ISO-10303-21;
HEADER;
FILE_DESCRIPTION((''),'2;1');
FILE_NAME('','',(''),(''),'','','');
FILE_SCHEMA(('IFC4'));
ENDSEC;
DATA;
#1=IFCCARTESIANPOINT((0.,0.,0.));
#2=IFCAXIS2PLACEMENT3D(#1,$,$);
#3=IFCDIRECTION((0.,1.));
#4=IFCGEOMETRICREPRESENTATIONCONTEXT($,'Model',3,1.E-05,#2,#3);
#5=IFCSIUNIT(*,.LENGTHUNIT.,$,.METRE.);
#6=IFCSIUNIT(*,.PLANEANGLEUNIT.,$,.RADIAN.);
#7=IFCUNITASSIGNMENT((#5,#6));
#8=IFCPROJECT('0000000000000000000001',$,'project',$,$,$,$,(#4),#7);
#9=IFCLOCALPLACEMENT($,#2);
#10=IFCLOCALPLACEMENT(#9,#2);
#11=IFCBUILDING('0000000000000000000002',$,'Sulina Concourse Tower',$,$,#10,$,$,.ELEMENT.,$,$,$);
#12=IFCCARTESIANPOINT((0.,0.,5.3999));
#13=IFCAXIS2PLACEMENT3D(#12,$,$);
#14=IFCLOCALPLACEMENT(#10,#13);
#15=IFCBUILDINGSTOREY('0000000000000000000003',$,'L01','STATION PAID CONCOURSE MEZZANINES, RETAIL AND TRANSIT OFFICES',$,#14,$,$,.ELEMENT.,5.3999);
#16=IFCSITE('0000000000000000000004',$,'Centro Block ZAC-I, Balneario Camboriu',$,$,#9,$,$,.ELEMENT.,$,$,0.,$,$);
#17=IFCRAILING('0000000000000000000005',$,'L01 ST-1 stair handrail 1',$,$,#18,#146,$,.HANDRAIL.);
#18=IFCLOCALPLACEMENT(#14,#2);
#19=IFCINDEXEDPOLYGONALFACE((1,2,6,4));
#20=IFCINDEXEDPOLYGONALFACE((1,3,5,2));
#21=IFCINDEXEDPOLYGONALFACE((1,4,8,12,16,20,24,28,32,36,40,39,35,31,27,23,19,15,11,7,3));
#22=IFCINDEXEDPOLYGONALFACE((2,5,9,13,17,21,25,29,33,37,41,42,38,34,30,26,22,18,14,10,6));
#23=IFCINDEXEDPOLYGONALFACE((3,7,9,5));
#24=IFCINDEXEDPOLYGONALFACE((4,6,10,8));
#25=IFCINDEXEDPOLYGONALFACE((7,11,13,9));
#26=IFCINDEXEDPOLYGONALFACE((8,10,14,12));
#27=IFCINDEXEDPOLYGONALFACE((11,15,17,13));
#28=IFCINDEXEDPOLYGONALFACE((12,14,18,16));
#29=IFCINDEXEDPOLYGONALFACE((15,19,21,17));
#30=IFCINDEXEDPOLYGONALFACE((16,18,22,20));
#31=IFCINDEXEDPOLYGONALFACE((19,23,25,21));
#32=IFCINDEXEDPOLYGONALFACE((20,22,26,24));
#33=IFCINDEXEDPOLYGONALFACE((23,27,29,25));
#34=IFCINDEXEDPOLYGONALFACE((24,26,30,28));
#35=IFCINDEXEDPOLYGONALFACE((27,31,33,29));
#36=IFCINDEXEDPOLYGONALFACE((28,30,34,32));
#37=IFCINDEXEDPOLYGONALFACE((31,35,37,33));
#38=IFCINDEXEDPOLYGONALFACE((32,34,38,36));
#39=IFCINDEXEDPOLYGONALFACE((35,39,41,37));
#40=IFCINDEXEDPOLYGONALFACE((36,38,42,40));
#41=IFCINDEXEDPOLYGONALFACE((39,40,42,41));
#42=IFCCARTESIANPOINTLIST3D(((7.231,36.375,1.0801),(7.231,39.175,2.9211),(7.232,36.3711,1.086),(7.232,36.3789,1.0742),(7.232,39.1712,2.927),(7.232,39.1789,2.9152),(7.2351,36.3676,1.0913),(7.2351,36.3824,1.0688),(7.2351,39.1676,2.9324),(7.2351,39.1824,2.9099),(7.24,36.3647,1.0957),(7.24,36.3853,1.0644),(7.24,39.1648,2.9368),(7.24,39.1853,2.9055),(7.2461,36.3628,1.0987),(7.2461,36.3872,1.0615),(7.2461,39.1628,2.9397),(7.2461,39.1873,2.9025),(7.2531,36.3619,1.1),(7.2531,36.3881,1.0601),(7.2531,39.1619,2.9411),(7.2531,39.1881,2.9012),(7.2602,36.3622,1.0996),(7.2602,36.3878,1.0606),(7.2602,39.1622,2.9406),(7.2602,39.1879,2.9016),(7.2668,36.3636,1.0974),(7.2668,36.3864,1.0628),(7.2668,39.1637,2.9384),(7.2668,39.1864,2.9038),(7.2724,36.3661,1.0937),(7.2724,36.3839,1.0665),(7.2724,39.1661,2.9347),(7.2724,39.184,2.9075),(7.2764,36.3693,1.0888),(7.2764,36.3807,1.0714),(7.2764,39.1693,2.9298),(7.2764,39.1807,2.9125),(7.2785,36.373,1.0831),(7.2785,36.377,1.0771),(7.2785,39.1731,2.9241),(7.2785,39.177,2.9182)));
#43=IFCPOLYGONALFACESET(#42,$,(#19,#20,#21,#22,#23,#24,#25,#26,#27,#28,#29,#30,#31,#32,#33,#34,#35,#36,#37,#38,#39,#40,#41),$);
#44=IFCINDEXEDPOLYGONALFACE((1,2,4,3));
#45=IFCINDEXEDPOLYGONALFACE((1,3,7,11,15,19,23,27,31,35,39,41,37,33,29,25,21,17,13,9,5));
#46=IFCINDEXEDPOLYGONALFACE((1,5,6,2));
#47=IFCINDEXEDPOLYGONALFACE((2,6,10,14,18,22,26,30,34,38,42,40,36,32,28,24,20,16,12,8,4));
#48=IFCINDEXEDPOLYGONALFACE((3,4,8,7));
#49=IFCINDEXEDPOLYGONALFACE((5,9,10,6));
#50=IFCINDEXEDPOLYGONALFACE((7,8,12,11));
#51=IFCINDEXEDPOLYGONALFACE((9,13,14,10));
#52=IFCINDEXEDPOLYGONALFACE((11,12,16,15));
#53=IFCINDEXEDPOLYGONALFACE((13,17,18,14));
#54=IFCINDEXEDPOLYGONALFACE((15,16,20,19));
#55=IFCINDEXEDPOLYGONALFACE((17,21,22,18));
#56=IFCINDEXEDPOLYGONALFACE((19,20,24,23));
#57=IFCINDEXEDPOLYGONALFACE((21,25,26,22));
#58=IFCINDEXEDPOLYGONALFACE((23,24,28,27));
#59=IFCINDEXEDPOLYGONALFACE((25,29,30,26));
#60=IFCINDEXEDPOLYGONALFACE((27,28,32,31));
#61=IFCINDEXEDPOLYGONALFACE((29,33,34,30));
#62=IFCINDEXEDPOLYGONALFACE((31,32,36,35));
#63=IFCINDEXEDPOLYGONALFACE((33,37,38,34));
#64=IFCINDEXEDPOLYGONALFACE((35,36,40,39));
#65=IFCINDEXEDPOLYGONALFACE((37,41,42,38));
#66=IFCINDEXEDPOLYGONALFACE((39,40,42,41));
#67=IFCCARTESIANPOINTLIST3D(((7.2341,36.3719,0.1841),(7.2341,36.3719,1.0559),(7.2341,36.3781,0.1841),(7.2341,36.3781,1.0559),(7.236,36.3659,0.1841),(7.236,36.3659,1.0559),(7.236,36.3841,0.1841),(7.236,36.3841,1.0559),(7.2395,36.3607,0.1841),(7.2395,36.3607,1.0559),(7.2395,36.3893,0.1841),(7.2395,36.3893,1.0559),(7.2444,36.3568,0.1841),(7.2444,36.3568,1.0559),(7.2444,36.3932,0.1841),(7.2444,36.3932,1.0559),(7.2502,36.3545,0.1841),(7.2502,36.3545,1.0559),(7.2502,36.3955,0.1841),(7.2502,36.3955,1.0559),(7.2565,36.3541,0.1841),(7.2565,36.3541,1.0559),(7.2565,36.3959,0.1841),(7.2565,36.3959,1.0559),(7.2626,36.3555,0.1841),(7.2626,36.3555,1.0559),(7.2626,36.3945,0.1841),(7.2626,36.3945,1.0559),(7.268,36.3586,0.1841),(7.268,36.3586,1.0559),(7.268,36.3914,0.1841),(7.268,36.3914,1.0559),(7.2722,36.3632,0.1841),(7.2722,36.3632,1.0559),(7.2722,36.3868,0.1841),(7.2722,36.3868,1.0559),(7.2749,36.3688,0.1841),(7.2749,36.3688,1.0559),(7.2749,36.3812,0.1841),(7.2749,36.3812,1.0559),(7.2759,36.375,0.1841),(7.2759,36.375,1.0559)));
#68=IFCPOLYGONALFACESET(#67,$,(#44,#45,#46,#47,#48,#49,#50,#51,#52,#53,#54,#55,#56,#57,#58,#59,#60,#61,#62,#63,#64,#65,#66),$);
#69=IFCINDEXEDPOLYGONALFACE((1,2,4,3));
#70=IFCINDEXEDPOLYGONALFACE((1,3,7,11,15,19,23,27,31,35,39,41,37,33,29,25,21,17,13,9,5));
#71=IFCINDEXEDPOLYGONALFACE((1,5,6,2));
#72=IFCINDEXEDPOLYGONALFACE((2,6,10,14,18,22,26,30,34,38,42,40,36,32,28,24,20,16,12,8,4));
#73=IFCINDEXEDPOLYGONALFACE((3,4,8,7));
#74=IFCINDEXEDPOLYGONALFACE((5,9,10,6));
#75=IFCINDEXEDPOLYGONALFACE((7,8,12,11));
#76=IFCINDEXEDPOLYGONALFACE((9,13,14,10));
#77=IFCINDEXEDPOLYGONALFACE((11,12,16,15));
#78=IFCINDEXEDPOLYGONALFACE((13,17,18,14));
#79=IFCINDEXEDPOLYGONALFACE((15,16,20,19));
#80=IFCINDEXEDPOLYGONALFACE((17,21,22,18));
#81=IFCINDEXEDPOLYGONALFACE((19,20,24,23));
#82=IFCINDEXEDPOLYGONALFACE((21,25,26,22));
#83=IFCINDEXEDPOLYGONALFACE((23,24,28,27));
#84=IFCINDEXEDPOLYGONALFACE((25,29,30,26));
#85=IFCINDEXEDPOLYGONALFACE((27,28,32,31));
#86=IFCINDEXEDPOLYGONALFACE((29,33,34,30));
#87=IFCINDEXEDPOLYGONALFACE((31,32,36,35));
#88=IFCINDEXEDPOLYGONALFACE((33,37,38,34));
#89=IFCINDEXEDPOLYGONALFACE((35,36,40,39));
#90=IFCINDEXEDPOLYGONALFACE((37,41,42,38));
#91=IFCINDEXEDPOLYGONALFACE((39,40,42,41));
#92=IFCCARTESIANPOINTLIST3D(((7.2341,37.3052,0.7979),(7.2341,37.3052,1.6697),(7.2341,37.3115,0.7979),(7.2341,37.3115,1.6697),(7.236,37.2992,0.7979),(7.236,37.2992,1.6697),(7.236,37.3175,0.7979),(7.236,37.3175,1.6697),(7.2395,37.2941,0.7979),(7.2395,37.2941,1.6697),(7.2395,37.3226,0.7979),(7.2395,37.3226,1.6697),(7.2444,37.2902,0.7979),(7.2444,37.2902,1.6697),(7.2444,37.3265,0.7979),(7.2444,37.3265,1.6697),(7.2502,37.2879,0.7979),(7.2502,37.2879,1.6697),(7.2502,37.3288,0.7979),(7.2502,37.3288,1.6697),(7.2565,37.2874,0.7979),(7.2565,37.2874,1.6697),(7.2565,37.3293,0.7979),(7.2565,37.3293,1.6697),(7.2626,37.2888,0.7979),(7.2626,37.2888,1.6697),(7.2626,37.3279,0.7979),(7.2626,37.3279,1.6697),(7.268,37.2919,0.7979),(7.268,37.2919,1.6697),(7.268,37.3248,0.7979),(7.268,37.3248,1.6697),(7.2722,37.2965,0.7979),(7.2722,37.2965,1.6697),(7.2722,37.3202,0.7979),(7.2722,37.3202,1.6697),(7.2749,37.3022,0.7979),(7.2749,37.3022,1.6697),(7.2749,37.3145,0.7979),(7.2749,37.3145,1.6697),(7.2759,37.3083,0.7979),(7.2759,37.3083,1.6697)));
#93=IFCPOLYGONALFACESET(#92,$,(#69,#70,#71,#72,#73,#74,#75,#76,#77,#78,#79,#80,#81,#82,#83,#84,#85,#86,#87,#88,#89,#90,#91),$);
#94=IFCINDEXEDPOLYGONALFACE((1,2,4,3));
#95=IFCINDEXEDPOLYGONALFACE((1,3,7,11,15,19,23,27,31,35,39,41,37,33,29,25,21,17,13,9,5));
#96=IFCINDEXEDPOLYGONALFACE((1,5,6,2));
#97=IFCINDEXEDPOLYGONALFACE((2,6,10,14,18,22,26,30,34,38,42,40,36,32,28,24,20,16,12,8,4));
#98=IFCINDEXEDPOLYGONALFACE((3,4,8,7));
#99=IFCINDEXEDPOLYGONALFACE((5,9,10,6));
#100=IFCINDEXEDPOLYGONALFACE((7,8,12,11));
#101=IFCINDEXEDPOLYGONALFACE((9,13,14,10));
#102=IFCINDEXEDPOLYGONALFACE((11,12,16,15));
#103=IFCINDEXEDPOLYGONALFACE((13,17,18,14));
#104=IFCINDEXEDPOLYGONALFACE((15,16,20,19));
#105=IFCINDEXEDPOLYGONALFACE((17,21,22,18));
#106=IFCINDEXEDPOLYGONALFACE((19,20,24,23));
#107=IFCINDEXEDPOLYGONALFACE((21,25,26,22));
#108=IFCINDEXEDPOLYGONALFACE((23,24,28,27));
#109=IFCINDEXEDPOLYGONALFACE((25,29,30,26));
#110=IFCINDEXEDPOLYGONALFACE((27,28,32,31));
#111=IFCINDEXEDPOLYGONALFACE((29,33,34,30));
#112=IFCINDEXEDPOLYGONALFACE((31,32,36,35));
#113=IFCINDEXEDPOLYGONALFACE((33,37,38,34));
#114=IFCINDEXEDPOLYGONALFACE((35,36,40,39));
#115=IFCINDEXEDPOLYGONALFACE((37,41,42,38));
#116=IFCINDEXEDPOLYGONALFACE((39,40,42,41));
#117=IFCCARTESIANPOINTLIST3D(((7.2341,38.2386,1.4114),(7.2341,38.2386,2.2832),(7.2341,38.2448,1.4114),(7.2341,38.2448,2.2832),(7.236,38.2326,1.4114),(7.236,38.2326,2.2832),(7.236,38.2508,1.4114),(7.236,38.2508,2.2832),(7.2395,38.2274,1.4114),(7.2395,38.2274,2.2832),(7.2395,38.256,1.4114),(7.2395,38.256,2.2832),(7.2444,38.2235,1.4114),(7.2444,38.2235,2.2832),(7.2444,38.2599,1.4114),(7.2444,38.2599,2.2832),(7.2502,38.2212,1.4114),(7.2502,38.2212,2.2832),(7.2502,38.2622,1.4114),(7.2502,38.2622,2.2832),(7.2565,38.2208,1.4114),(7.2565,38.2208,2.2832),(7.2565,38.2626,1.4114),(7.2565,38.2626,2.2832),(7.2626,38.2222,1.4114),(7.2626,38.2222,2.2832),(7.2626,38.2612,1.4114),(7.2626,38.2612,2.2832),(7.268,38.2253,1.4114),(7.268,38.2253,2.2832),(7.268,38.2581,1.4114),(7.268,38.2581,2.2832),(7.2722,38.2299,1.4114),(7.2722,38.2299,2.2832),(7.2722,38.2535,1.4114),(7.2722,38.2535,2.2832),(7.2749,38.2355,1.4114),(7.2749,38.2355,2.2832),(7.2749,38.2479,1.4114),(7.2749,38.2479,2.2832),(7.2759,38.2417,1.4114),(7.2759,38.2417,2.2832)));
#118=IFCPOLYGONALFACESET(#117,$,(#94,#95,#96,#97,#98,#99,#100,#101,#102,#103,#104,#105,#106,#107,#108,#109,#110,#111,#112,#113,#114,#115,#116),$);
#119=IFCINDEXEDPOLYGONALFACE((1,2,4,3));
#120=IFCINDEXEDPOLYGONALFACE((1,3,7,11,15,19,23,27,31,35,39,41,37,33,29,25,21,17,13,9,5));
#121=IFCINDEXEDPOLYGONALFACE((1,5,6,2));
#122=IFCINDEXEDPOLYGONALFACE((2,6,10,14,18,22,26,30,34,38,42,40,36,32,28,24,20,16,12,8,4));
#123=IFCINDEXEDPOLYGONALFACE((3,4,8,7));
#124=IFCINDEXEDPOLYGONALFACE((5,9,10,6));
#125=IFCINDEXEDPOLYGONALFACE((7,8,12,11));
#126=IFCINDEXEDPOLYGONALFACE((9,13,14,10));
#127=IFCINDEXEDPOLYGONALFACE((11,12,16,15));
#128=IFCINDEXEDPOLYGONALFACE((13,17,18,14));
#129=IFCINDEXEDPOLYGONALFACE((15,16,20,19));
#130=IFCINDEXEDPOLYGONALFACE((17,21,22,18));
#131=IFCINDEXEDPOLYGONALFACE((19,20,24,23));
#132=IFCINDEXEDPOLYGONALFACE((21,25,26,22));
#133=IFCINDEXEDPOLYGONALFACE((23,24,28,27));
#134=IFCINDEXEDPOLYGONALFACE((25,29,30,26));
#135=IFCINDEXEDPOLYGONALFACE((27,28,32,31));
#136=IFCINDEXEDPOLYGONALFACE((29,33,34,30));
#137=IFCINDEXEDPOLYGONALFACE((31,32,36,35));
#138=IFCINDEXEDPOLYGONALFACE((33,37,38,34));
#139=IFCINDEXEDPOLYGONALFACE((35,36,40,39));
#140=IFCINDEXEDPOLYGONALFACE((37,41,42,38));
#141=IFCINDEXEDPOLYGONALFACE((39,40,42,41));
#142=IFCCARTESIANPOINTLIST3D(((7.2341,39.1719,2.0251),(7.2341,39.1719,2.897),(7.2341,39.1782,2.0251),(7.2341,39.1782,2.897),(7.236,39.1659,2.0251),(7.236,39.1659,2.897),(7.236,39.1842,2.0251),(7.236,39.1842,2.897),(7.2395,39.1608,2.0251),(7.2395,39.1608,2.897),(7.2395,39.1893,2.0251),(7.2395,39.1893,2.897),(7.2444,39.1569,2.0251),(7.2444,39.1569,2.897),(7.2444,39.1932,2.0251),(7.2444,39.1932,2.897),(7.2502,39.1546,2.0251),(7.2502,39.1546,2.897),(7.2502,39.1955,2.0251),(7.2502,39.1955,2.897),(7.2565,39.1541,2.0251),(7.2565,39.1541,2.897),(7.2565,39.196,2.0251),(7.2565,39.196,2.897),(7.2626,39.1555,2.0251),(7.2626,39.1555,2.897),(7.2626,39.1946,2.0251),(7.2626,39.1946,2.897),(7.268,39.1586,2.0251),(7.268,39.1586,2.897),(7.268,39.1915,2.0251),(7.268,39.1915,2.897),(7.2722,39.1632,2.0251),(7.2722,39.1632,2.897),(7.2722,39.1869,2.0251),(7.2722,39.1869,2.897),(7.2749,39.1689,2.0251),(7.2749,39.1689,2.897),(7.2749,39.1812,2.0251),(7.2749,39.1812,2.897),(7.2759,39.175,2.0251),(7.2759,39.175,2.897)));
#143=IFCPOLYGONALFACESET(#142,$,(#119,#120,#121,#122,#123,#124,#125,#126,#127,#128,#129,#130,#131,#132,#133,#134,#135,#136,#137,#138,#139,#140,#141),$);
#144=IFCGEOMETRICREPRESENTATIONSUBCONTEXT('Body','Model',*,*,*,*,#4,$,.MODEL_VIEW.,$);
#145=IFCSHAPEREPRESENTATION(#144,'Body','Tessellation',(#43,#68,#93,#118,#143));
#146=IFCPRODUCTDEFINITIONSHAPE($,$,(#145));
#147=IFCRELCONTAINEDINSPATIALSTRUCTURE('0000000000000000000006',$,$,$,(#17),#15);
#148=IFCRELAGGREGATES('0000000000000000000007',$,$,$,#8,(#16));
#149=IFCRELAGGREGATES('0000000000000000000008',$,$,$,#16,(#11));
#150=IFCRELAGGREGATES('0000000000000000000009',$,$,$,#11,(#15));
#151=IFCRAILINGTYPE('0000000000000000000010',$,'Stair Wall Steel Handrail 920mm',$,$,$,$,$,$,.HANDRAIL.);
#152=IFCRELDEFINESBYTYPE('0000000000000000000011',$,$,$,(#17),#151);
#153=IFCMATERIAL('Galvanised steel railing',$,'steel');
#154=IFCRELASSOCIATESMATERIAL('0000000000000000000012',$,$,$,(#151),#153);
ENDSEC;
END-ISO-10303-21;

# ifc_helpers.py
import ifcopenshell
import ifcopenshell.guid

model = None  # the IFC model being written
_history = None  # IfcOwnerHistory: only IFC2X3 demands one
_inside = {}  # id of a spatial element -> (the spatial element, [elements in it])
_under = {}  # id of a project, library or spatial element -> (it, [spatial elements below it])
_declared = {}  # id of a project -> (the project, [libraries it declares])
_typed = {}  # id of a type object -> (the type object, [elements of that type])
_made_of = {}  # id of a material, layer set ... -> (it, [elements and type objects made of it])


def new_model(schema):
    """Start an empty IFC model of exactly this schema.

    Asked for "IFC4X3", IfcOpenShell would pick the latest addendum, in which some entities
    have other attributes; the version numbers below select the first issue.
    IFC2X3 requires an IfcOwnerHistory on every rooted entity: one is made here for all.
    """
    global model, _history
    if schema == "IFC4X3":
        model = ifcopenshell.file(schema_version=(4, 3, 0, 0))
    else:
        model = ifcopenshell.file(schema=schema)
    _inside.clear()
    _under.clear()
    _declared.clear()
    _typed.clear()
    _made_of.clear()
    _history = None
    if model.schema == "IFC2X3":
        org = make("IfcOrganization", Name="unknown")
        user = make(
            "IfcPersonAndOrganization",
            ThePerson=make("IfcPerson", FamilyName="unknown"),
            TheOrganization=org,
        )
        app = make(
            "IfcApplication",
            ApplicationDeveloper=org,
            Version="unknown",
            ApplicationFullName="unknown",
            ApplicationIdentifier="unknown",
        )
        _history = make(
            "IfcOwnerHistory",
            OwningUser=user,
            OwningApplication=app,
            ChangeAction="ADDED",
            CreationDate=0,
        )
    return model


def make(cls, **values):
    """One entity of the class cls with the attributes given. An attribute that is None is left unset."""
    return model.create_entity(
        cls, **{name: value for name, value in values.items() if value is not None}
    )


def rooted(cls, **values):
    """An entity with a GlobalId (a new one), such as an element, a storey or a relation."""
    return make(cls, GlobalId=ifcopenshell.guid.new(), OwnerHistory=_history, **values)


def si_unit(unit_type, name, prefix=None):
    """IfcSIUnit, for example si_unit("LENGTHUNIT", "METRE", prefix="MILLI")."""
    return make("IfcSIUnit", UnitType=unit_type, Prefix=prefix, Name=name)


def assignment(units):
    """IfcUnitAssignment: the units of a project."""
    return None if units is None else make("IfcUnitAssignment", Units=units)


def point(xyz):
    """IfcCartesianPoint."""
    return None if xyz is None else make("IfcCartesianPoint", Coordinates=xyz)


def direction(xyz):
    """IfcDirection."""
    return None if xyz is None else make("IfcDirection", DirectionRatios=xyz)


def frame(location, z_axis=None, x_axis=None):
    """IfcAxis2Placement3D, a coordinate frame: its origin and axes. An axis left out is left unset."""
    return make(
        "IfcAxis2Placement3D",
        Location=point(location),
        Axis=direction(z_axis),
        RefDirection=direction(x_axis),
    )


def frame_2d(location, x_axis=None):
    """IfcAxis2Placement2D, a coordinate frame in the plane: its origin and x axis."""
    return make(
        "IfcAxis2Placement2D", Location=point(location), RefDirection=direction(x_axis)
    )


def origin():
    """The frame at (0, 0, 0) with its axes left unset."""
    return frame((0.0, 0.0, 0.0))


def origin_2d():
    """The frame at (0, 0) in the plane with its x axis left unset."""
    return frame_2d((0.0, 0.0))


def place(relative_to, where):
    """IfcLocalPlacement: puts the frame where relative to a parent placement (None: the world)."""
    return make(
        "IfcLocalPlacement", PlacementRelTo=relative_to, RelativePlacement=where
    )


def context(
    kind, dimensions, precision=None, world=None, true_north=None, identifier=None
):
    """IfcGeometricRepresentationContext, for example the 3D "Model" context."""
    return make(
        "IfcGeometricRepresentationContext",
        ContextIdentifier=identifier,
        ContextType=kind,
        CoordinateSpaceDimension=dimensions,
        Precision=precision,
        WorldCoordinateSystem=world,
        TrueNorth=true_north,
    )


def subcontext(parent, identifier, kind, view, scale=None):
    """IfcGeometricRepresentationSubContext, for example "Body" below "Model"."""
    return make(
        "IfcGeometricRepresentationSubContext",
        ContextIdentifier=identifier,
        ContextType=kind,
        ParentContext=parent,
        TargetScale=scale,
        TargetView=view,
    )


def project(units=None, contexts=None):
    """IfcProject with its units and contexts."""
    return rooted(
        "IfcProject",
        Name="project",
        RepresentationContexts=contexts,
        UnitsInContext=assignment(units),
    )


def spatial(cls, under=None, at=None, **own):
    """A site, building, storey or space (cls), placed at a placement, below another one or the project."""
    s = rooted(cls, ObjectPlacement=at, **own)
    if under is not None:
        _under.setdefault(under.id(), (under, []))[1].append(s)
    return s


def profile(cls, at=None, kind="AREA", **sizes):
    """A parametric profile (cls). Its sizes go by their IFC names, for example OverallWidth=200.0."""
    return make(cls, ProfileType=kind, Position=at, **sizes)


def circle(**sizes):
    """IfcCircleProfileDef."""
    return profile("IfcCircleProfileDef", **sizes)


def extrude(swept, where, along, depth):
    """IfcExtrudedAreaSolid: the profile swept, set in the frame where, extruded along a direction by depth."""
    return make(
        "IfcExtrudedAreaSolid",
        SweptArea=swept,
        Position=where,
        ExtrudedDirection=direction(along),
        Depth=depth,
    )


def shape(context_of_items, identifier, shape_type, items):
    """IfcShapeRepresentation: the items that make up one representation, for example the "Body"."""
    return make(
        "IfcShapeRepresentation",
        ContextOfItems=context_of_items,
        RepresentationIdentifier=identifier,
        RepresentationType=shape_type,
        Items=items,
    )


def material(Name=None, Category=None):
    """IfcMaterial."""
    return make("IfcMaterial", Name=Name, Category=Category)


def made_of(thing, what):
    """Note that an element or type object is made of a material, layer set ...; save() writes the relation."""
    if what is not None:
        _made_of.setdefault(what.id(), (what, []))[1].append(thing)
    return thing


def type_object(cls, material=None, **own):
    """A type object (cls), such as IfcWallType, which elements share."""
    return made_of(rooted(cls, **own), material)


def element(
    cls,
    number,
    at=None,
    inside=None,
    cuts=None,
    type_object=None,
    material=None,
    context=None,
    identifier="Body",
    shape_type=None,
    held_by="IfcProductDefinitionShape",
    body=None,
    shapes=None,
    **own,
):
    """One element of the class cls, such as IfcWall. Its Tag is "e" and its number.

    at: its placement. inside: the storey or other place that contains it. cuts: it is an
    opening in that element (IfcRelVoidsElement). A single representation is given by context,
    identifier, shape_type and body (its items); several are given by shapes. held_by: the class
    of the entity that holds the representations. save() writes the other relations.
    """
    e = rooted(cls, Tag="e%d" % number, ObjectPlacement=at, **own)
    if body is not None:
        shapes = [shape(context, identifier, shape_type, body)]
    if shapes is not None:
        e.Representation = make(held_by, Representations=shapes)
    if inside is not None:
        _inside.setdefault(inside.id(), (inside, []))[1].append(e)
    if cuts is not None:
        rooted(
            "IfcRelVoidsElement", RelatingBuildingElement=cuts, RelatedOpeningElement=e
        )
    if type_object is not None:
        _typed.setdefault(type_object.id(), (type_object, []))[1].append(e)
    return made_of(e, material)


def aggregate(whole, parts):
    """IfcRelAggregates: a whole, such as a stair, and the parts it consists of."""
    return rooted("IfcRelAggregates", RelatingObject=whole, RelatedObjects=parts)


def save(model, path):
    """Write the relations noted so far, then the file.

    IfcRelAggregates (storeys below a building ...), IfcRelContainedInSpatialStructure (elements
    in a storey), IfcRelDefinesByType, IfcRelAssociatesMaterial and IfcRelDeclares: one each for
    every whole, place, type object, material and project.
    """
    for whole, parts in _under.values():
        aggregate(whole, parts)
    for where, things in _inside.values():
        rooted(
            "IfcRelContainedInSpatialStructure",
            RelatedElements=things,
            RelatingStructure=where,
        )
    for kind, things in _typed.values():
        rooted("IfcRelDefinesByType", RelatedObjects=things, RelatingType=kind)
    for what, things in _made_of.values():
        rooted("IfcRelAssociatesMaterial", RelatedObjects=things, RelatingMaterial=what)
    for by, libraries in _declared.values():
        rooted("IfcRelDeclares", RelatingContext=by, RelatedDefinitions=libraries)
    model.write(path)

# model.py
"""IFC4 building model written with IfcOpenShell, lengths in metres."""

from ifc_helpers import new_model, si_unit, direction, frame, origin, origin_2d, place, context, subcontext, project, spatial, circle, extrude, material, type_object, element, save


model = new_model("IFC4")

# Units and contexts
model_context = context("Model", 3, precision=1e-05, world=origin(), true_north=direction((0.0, 1.0)))
body_context = subcontext(model_context, "Body", "Model", "MODEL_VIEW")
ifc_project = project(units=[si_unit("LENGTHUNIT", "METRE"), si_unit("PLANEANGLEUNIT", "RADIAN")], contexts=[model_context])

# Site, building, storey
site_placement = place(None, origin())
site = spatial("IfcSite", under=ifc_project, at=site_placement, Name="Centro Block ZAC-I, Balneario Camboriu", CompositionType="ELEMENT", RefElevation=0.0)
building_placement = place(site_placement, origin())
building = spatial("IfcBuilding", under=site, at=building_placement, Name="Sulina Concourse Tower", CompositionType="ELEMENT")
storey_placement = place(building_placement, frame((0.0, 0.0, 5.3999)))
storey = spatial("IfcBuildingStorey", under=building, at=storey_placement, Name="L01", Description="STATION PAID CONCOURSE MEZZANINES, RETAIL AND TRANSIT OFFICES", CompositionType="ELEMENT", Elevation=5.3999)

# Railing
ifc_material_1 = material(Name="Galvanised steel railing", Category="steel")
railing_type_1 = type_object("IfcRailingType", Name="Stair Wall Steel Handrail 920mm", PredefinedType="HANDRAIL", material=ifc_material_1)
for number, where, name in (
    (1, (7.2549, 36.375, 0.1841), "L01 ST-1 stair handrail 1"),
):
    element("IfcRailing", number, at=place(storey_placement, frame(where)), inside=storey, type_object=railing_type_1, Name=name, PredefinedType="HANDRAIL", context=body_context, shape_type="SweptSolid", body=[
        extrude(circle(Radius=0.0239, at=origin_2d()), frame((0.0, 0.0, 0.896), z_axis=(0.0, 0.835564, 0.549393), x_axis=(-1.0, 0.0, 0.0)), (0.0, 0.0, 1.0), 3.3511),
        extrude(circle(Radius=0.021, at=origin_2d()), origin(), (0.0, 0.0, 1.0), 0.8718),
        extrude(circle(Radius=0.021, at=origin_2d()), frame((0.0, 0.9333, 0.6138)), (0.0, 0.0, 1.0), 0.8718),
        extrude(circle(Radius=0.021, at=origin_2d()), frame((0.0, 1.8667, 1.2273)), (0.0, 0.0, 1.0), 0.8718),
        extrude(circle(Radius=0.021, at=origin_2d()), frame((0.0, 2.8, 1.8411)), (0.0, 0.0, 1.0), 0.8718),
    ])

save(model, "model.ifc")
